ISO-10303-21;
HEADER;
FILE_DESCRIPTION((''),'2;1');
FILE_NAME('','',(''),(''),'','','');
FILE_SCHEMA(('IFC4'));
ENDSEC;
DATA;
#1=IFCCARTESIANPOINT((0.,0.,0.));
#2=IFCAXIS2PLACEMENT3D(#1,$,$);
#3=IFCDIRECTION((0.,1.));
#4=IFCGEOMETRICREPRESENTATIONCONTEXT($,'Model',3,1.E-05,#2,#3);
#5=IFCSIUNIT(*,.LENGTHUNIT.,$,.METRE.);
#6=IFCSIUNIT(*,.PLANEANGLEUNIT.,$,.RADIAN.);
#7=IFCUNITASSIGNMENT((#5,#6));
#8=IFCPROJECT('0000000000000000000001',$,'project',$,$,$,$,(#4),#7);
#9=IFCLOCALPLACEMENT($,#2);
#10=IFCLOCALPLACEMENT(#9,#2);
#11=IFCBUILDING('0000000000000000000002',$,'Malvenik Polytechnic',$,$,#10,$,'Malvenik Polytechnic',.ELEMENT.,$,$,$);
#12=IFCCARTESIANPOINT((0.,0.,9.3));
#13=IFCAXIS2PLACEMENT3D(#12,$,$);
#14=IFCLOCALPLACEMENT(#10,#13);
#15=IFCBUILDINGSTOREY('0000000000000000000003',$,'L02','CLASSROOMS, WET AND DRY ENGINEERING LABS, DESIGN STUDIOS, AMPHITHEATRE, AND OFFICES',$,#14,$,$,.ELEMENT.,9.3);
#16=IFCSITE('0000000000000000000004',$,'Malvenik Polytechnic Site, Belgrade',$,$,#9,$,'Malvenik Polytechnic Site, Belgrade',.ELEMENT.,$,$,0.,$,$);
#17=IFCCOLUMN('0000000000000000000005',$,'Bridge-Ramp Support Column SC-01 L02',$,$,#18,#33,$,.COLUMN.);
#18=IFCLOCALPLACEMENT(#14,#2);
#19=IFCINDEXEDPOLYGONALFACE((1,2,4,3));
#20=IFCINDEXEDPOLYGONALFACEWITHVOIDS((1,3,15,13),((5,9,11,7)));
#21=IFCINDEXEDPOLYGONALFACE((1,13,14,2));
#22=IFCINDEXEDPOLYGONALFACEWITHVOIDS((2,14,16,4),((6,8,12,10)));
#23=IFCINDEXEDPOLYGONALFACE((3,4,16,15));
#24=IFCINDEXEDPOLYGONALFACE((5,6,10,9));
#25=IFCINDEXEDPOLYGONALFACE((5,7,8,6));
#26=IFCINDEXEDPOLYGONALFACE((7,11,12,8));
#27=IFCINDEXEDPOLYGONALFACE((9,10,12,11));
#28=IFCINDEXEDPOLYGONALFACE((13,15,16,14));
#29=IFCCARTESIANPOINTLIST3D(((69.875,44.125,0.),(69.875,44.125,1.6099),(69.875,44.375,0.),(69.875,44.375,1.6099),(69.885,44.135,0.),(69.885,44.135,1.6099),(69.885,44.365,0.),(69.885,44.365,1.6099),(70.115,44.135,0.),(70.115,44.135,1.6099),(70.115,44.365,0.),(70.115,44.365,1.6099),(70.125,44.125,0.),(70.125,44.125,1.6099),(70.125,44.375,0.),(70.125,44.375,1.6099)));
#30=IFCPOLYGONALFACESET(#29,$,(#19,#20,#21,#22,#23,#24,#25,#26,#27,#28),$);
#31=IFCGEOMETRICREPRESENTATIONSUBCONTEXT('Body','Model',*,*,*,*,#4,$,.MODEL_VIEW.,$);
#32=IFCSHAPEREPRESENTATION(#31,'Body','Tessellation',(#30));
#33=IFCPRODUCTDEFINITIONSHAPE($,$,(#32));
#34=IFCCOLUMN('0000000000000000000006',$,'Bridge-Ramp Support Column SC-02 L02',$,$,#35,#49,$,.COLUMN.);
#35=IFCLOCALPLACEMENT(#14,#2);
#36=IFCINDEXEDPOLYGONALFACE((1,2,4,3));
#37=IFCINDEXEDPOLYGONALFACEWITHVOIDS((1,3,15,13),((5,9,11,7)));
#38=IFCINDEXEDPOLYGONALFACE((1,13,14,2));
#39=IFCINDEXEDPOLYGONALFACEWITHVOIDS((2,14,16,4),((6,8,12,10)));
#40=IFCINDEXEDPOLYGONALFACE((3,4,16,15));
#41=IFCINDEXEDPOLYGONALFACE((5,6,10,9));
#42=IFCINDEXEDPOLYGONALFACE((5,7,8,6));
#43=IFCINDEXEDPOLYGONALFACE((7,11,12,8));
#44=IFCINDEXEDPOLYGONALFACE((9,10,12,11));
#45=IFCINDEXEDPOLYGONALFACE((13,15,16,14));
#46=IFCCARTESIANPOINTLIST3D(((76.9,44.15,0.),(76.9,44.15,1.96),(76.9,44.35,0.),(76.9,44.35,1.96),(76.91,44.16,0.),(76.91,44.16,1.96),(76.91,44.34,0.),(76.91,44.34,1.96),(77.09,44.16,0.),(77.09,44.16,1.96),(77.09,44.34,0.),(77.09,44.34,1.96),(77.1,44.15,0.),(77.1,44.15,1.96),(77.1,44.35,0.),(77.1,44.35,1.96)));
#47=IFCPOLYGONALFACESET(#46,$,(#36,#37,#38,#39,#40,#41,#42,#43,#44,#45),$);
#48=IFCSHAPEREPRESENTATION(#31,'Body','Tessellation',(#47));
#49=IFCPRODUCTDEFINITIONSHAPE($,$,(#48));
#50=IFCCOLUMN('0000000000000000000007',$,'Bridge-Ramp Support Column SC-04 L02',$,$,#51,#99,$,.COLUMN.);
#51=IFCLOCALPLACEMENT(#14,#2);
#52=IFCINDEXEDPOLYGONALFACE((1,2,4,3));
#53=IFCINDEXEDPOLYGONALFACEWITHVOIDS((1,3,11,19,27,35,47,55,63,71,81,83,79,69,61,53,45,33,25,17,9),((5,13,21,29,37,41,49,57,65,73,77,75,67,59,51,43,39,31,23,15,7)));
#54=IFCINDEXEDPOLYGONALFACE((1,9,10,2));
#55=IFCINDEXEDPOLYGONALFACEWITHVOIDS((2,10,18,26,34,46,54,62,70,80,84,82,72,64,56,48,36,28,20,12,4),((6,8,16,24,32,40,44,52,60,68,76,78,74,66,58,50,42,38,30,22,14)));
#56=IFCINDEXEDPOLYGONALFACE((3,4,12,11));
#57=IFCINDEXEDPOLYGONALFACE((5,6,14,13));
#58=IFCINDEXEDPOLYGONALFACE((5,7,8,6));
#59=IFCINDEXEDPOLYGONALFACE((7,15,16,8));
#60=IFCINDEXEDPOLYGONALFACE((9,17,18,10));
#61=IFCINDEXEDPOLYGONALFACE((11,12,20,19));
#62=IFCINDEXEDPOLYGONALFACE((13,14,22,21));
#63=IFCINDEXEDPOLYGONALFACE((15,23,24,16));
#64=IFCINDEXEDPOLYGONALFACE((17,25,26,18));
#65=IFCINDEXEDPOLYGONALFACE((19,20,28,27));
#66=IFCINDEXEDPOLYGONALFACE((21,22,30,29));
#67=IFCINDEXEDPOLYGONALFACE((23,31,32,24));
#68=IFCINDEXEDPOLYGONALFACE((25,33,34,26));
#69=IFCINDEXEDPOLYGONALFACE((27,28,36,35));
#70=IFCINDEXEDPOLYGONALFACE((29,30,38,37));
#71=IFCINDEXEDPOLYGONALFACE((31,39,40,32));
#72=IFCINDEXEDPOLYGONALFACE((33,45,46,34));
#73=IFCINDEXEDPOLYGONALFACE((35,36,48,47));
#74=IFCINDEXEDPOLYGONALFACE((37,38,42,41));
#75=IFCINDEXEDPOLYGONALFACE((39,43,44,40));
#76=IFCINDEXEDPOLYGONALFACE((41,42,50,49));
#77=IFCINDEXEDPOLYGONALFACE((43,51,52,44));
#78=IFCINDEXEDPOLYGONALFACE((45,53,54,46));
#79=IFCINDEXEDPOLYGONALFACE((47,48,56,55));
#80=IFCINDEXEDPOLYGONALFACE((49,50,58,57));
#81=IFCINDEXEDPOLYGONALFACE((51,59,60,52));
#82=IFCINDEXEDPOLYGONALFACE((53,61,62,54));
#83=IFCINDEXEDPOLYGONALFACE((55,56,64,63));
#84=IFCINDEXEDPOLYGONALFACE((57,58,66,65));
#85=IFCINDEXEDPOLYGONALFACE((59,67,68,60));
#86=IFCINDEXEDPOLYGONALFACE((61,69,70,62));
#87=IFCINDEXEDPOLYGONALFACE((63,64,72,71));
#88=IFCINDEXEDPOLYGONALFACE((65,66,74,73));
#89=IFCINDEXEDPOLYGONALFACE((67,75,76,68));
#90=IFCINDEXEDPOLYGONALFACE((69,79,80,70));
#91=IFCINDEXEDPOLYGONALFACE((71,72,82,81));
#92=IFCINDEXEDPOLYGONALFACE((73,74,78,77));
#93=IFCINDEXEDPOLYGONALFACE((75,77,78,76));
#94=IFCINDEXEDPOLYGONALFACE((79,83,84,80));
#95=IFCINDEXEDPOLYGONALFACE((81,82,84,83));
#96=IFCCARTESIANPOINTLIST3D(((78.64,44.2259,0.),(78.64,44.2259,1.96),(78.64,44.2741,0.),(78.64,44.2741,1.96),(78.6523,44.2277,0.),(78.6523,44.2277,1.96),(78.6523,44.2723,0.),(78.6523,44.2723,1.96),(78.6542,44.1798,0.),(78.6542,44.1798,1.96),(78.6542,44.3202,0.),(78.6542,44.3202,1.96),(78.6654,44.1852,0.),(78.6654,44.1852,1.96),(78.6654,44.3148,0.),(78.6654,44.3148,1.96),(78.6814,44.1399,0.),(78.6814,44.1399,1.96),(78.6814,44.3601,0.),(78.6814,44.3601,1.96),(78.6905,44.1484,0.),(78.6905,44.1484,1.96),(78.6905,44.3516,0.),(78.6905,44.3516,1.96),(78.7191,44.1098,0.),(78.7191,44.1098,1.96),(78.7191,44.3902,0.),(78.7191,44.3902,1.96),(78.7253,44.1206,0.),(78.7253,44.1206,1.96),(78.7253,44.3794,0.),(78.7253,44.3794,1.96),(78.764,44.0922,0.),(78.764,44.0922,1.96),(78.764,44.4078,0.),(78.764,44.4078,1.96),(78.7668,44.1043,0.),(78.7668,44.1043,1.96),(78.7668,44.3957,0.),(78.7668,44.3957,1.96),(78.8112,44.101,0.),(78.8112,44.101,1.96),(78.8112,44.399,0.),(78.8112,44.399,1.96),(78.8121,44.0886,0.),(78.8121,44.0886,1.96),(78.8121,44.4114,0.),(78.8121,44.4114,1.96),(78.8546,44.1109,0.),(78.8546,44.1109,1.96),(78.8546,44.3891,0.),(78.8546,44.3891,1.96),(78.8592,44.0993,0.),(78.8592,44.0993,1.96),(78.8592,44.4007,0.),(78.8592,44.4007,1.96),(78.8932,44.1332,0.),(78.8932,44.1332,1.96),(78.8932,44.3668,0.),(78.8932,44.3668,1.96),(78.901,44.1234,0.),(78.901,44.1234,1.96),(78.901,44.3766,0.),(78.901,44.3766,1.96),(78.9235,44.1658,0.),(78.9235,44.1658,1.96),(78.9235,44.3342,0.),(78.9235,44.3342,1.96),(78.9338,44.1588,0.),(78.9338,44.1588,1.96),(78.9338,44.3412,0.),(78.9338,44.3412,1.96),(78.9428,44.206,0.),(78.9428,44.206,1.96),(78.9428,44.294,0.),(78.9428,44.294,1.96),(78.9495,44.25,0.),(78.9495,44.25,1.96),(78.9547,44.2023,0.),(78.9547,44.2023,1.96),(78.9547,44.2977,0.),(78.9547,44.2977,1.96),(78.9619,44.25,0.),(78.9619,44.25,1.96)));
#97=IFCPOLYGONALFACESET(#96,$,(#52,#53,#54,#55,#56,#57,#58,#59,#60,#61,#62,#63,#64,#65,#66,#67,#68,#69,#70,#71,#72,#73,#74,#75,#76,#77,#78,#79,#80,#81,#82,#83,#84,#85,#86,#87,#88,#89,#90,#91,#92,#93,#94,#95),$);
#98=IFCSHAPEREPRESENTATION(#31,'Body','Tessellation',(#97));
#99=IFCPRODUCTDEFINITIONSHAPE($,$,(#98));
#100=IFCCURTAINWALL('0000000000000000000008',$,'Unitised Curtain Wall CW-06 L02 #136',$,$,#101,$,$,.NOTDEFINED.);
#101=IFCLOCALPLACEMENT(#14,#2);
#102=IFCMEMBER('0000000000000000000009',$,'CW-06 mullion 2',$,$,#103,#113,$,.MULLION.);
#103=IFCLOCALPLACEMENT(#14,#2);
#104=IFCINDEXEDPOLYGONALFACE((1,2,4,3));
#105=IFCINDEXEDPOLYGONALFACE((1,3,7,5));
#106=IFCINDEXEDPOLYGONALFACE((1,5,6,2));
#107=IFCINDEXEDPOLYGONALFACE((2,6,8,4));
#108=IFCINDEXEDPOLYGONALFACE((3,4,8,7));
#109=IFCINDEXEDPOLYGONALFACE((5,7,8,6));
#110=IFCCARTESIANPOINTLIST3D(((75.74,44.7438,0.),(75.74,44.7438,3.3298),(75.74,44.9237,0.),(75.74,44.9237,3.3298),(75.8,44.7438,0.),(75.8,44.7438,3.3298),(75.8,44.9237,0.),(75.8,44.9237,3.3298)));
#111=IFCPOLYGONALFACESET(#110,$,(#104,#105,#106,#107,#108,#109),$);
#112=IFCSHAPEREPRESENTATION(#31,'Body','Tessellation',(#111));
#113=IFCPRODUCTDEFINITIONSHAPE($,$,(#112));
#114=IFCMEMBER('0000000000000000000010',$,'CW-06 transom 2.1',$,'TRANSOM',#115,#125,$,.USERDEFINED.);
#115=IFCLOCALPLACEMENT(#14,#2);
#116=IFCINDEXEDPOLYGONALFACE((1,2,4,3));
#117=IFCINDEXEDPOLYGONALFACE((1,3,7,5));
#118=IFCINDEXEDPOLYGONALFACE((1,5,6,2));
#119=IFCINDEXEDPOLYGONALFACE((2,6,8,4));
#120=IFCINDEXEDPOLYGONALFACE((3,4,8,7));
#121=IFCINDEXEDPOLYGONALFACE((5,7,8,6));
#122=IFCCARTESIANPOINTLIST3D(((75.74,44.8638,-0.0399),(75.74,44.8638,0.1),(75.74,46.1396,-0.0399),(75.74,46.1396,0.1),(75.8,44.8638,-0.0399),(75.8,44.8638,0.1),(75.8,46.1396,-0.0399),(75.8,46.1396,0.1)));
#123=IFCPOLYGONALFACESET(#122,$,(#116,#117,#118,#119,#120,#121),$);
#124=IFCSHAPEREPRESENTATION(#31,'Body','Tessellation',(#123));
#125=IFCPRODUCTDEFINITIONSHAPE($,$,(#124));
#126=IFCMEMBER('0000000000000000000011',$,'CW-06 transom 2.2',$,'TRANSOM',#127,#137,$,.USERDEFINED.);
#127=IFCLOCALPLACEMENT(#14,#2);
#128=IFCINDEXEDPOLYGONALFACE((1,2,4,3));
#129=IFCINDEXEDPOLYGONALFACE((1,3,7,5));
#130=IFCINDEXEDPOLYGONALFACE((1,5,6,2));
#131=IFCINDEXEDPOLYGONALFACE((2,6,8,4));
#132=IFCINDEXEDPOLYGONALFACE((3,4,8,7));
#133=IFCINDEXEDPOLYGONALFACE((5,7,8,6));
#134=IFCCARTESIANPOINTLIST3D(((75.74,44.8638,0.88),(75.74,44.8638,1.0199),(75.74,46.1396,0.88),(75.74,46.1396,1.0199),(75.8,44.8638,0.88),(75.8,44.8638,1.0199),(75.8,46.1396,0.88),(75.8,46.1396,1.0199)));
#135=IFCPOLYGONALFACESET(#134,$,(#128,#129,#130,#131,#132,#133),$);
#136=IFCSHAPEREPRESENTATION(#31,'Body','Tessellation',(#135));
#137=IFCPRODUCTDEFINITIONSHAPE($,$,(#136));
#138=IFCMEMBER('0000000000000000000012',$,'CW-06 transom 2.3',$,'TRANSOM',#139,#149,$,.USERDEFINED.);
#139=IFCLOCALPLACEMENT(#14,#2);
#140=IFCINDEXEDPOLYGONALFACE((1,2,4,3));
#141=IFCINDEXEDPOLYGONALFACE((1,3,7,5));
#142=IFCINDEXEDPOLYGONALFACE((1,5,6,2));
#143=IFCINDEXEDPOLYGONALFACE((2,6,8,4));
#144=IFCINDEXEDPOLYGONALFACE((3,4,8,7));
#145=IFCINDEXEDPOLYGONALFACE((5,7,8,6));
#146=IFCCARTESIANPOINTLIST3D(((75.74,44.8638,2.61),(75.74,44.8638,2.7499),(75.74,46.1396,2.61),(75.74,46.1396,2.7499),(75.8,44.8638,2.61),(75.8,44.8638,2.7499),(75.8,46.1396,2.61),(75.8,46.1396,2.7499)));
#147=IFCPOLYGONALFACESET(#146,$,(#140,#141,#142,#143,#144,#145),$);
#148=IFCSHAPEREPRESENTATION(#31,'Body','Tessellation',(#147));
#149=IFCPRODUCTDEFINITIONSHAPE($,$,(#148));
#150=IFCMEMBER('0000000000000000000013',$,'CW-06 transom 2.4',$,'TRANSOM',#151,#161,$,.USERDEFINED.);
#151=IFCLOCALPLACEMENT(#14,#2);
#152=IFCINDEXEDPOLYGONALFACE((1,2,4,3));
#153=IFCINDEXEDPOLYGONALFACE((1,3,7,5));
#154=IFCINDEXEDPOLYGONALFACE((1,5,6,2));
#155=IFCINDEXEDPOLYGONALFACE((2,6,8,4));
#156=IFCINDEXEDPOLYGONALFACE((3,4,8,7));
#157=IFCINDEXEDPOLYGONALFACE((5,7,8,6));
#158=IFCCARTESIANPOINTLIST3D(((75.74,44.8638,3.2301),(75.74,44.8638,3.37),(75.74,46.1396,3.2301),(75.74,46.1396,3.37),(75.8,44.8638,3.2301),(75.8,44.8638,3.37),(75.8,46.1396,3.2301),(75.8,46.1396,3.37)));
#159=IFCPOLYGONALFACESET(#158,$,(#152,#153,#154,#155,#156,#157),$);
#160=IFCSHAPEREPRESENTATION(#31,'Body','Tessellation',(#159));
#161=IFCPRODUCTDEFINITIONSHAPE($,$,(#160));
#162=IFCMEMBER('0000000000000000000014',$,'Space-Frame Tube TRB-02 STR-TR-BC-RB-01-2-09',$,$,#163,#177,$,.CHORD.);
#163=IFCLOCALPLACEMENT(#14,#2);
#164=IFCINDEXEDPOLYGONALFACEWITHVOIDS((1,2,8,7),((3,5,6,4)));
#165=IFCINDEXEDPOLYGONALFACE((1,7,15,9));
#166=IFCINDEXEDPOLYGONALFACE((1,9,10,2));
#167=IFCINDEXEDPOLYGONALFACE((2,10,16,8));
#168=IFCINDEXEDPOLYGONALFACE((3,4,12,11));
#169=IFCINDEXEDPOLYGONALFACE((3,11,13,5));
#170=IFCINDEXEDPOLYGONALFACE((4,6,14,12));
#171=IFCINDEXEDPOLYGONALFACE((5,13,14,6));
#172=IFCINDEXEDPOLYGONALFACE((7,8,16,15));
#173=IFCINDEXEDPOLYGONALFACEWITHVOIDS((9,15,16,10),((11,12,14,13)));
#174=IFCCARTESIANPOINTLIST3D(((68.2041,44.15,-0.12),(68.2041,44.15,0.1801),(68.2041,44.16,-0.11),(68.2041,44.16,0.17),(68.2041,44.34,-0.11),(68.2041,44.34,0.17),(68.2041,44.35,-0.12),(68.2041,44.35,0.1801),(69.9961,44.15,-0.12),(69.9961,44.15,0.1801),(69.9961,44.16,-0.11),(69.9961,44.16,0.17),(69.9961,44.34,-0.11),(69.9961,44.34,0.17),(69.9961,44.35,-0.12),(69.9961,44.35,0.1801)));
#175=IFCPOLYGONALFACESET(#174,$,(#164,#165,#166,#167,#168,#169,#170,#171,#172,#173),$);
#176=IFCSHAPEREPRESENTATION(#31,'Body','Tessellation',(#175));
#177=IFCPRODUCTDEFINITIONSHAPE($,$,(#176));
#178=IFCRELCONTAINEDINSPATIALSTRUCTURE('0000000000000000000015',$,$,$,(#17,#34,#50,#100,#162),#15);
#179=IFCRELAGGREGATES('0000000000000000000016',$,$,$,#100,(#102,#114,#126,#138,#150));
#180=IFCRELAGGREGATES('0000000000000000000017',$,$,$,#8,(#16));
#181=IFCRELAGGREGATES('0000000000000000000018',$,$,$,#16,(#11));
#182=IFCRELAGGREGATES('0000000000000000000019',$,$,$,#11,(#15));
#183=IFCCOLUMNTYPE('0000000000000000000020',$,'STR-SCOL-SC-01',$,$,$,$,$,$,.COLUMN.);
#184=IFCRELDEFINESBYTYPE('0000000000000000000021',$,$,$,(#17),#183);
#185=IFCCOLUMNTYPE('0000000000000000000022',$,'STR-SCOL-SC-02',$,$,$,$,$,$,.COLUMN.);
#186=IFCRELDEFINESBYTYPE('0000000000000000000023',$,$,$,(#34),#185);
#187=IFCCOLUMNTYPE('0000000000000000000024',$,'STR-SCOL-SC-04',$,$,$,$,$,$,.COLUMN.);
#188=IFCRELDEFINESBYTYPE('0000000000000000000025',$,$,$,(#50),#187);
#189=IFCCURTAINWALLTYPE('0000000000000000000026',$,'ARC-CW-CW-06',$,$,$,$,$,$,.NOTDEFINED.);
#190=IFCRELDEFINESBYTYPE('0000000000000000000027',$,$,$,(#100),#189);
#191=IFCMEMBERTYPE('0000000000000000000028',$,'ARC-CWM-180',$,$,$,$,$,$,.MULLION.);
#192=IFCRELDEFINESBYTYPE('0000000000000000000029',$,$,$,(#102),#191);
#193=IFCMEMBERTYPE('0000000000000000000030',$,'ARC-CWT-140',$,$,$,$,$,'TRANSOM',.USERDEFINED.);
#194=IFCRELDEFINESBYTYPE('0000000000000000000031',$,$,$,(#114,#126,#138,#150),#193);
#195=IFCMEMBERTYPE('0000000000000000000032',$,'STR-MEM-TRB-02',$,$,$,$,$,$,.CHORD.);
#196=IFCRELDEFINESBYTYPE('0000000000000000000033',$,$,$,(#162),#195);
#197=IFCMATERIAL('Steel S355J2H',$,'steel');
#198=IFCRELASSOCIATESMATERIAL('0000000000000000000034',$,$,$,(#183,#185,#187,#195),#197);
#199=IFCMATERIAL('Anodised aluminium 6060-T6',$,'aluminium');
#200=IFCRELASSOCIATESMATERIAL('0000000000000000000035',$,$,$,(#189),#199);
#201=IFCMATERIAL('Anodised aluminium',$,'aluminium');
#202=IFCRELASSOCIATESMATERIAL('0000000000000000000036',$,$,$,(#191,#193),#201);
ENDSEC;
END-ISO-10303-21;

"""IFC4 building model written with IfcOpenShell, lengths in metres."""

from ifc_helpers import new_model, si_unit, direction, frame, origin, origin_2d, place, context, subcontext, project, spatial, rectangle, hollow_rectangle, hollow_circle, extrude, material, material_profile, profile_set, type_object, element, aggregate, save


model = new_model("IFC4")

# Units and contexts
model_context = context("Model", 3, precision=1e-05, world=origin(), true_north=direction((0.0, 1.0)))
body_context = subcontext(model_context, "Body", "Model", "MODEL_VIEW")
ifc_project = project(units=[si_unit("LENGTHUNIT", "METRE"), si_unit("PLANEANGLEUNIT", "RADIAN")], contexts=[model_context])

# Site, building, storey
site_placement = place(None, origin())
site = spatial("IfcSite", under=ifc_project, at=site_placement, Name="Malvenik Polytechnic Site, Belgrade", LongName="Malvenik Polytechnic Site, Belgrade", CompositionType="ELEMENT", RefElevation=0.0)
building_placement = place(site_placement, origin())
building = spatial("IfcBuilding", under=site, at=building_placement, Name="Malvenik Polytechnic", LongName="Malvenik Polytechnic", CompositionType="ELEMENT")
storey_placement = place(building_placement, frame((0.0, 0.0, 9.3)))
storey = spatial("IfcBuildingStorey", under=building, at=storey_placement, Name="L02", Description="CLASSROOMS, WET AND DRY ENGINEERING LABS, DESIGN STUDIOS, AMPHITHEATRE, AND OFFICES", CompositionType="ELEMENT", Elevation=9.3)

# Columns
ifc_material_1 = material(Name="Steel S355J2H", Category="steel")
ifc_material_profile_1 = material_profile(ifc_material_1, hollow_rectangle(XDim=0.25, YDim=0.25, WallThickness=0.01, at=origin_2d()), Name="SHS 250x250x10.0")
ifc_profile_set_1 = profile_set([ifc_material_profile_1], Name="Steel S355J2H")
column_type_1 = type_object("IfcColumnType", Name="STR-SCOL-SC-01", PredefinedType="COLUMN", material=ifc_profile_set_1)
column_1_placement = place(storey_placement, frame((70.0, 44.25, 0.0), z_axis=(0.0, 0.0, 1.0), x_axis=(1.0, 0.0, 0.0)))
element("IfcColumn", 1, at=column_1_placement, inside=storey, type_object=column_type_1, Name="Bridge-Ramp Support Column SC-01 L02", PredefinedType="COLUMN", context=body_context, shape_type="SweptSolid", body=[
    extrude(hollow_rectangle(XDim=0.25, YDim=0.25, WallThickness=0.01, at=origin_2d()), origin(), (0.0, 0.0, 1.0), 1.6099),
])
ifc_material_profile_2 = material_profile(ifc_material_1, hollow_rectangle(XDim=0.2, YDim=0.2, WallThickness=0.01, at=origin_2d()), Name="SHS 200x200x10.0")
ifc_profile_set_2 = profile_set([ifc_material_profile_2], Name="Steel S355J2H")
column_type_2 = type_object("IfcColumnType", Name="STR-SCOL-SC-02", PredefinedType="COLUMN", material=ifc_profile_set_2)
column_2_placement = place(storey_placement, frame((77.0, 44.25, 0.0), z_axis=(0.0, 0.0, 1.0), x_axis=(1.0, 0.0, 0.0)))
element("IfcColumn", 2, at=column_2_placement, inside=storey, type_object=column_type_2, Name="Bridge-Ramp Support Column SC-02 L02", PredefinedType="COLUMN", context=body_context, shape_type="SweptSolid", body=[
    extrude(hollow_rectangle(XDim=0.2, YDim=0.2, WallThickness=0.01, at=origin_2d()), origin(), (0.0, 0.0, 1.0), 1.96),
])
ifc_material_profile_3 = material_profile(ifc_material_1, hollow_circle(Radius=0.1619, WallThickness=0.0125, at=origin_2d()), Name="CHS 323.9x12.5")
ifc_profile_set_3 = profile_set([ifc_material_profile_3], Name="Steel S355J2H")
column_type_3 = type_object("IfcColumnType", Name="STR-SCOL-SC-04", PredefinedType="COLUMN", material=ifc_profile_set_3)
column_3_placement = place(storey_placement, frame((78.8, 44.25, 0.0), z_axis=(0.0, 0.0, 1.0), x_axis=(1.0, 0.0, 0.0)))
element("IfcColumn", 3, at=column_3_placement, inside=storey, type_object=column_type_3, Name="Bridge-Ramp Support Column SC-04 L02", PredefinedType="COLUMN", context=body_context, shape_type="SweptSolid", body=[
    extrude(hollow_circle(Radius=0.1619, WallThickness=0.0125, at=origin_2d()), origin(), (0.0, 0.0, 1.0), 1.96),
])

# Curtain wall, members
ifc_material_2 = material(Name="Anodised aluminium 6060-T6", Category="aluminium")
curtain_wall_type = type_object("IfcCurtainWallType", Name="ARC-CW-CW-06", PredefinedType="NOTDEFINED", material=ifc_material_2)
curtain_wall_placement = place(storey_placement, origin())
curtain_wall = element("IfcCurtainWall", 4, at=curtain_wall_placement, inside=storey, type_object=curtain_wall_type, Name="Unitised Curtain Wall CW-06 L02 #136", PredefinedType="NOTDEFINED")
ifc_material_3 = material(Name="Anodised aluminium", Category="aluminium")
ifc_material_profile_4 = material_profile(ifc_material_3, rectangle(XDim=0.0601, YDim=0.1799, at=origin_2d()), Name="ALU MULLION 60x180")
ifc_profile_set_4 = profile_set([ifc_material_profile_4], Name="Anodised aluminium")
member_type_1 = type_object("IfcMemberType", Name="ARC-CWM-180", PredefinedType="MULLION", material=ifc_profile_set_4)
member_1_placement = place(storey_placement, frame((75.77, 44.8337, 0.0), z_axis=(0.0, 0.0, 1.0), x_axis=(-1.0, 0.0, 0.0)))
member_1 = element("IfcMember", 5, at=member_1_placement, type_object=member_type_1, Name="CW-06 mullion 2", PredefinedType="MULLION", context=body_context, shape_type="SweptSolid", body=[
    extrude(rectangle(XDim=0.0601, YDim=0.1799, at=origin_2d()), origin(), (0.0, 0.0, 1.0), 3.3298),
])
ifc_material_profile_5 = material_profile(ifc_material_3, rectangle(XDim=0.0601, YDim=0.1399, at=origin_2d()), Name="ALU TRANSOM 60x140")
ifc_profile_set_5 = profile_set([ifc_material_profile_5], Name="Anodised aluminium")
member_type_2 = type_object("IfcMemberType", Name="ARC-CWT-140", ElementType="TRANSOM", PredefinedType="USERDEFINED", material=ifc_profile_set_5)
member_2_placement = place(storey_placement, frame((75.77, 44.8638, 0.03), z_axis=(0.0, 1.0, 0.0), x_axis=(-1.0, 0.0, 0.0)))
member_2 = element("IfcMember", 6, at=member_2_placement, type_object=member_type_2, Name="CW-06 transom 2.1", ObjectType="TRANSOM", PredefinedType="USERDEFINED", context=body_context, shape_type="SweptSolid", body=[
    extrude(rectangle(XDim=0.0601, YDim=0.1399, at=origin_2d()), origin(), (0.0, 0.0, 1.0), 1.2759),
])
member_3_placement = place(storey_placement, frame((75.77, 44.8638, 0.95), z_axis=(0.0, 1.0, 0.0), x_axis=(-1.0, 0.0, 0.0)))
member_3 = element("IfcMember", 7, at=member_3_placement, type_object=member_type_2, Name="CW-06 transom 2.2", ObjectType="TRANSOM", PredefinedType="USERDEFINED", context=body_context, shape_type="SweptSolid", body=[
    extrude(rectangle(XDim=0.0601, YDim=0.1399, at=origin_2d()), origin(), (0.0, 0.0, 1.0), 1.2759),
])
member_4_placement = place(storey_placement, frame((75.77, 44.8638, 2.6799), z_axis=(0.0, 1.0, 0.0), x_axis=(-1.0, 0.0, 0.0)))
member_4 = element("IfcMember", 8, at=member_4_placement, type_object=member_type_2, Name="CW-06 transom 2.3", ObjectType="TRANSOM", PredefinedType="USERDEFINED", context=body_context, shape_type="SweptSolid", body=[
    extrude(rectangle(XDim=0.0601, YDim=0.1399, at=origin_2d()), origin(), (0.0, 0.0, 1.0), 1.2759),
])
member_5_placement = place(storey_placement, frame((75.77, 44.8638, 3.3), z_axis=(0.0, 1.0, 0.0), x_axis=(-1.0, 0.0, 0.0)))
member_5 = element("IfcMember", 9, at=member_5_placement, type_object=member_type_2, Name="CW-06 transom 2.4", ObjectType="TRANSOM", PredefinedType="USERDEFINED", context=body_context, shape_type="SweptSolid", body=[
    extrude(rectangle(XDim=0.0601, YDim=0.1399, at=origin_2d()), origin(), (0.0, 0.0, 1.0), 1.2759),
])

# Member
ifc_material_profile_6 = material_profile(ifc_material_1, hollow_rectangle(XDim=0.2, YDim=0.3, WallThickness=0.01, at=origin_2d()), Name="RHS 300x200x10.0")
ifc_profile_set_6 = profile_set([ifc_material_profile_6], Name="Steel S355J2H")
member_type_3 = type_object("IfcMemberType", Name="STR-MEM-TRB-02", PredefinedType="CHORD", material=ifc_profile_set_6)
member_6_placement = place(storey_placement, frame((68.2041, 44.25, 0.03), z_axis=(1.0, 0.0, 0.0), x_axis=(0.0, 1.0, 0.0)))
element("IfcMember", 10, at=member_6_placement, inside=storey, type_object=member_type_3, Name="Space-Frame Tube TRB-02 STR-TR-BC-RB-01-2-09", PredefinedType="CHORD", context=body_context, shape_type="SweptSolid", body=[
    extrude(hollow_rectangle(XDim=0.2, YDim=0.3, WallThickness=0.01, at=origin_2d()), origin(), (0.0, 0.0, 1.0), 1.792),
])

aggregate(curtain_wall, [member_1, member_2, member_3, member_4, member_5])

save(model, "model.ifc")
